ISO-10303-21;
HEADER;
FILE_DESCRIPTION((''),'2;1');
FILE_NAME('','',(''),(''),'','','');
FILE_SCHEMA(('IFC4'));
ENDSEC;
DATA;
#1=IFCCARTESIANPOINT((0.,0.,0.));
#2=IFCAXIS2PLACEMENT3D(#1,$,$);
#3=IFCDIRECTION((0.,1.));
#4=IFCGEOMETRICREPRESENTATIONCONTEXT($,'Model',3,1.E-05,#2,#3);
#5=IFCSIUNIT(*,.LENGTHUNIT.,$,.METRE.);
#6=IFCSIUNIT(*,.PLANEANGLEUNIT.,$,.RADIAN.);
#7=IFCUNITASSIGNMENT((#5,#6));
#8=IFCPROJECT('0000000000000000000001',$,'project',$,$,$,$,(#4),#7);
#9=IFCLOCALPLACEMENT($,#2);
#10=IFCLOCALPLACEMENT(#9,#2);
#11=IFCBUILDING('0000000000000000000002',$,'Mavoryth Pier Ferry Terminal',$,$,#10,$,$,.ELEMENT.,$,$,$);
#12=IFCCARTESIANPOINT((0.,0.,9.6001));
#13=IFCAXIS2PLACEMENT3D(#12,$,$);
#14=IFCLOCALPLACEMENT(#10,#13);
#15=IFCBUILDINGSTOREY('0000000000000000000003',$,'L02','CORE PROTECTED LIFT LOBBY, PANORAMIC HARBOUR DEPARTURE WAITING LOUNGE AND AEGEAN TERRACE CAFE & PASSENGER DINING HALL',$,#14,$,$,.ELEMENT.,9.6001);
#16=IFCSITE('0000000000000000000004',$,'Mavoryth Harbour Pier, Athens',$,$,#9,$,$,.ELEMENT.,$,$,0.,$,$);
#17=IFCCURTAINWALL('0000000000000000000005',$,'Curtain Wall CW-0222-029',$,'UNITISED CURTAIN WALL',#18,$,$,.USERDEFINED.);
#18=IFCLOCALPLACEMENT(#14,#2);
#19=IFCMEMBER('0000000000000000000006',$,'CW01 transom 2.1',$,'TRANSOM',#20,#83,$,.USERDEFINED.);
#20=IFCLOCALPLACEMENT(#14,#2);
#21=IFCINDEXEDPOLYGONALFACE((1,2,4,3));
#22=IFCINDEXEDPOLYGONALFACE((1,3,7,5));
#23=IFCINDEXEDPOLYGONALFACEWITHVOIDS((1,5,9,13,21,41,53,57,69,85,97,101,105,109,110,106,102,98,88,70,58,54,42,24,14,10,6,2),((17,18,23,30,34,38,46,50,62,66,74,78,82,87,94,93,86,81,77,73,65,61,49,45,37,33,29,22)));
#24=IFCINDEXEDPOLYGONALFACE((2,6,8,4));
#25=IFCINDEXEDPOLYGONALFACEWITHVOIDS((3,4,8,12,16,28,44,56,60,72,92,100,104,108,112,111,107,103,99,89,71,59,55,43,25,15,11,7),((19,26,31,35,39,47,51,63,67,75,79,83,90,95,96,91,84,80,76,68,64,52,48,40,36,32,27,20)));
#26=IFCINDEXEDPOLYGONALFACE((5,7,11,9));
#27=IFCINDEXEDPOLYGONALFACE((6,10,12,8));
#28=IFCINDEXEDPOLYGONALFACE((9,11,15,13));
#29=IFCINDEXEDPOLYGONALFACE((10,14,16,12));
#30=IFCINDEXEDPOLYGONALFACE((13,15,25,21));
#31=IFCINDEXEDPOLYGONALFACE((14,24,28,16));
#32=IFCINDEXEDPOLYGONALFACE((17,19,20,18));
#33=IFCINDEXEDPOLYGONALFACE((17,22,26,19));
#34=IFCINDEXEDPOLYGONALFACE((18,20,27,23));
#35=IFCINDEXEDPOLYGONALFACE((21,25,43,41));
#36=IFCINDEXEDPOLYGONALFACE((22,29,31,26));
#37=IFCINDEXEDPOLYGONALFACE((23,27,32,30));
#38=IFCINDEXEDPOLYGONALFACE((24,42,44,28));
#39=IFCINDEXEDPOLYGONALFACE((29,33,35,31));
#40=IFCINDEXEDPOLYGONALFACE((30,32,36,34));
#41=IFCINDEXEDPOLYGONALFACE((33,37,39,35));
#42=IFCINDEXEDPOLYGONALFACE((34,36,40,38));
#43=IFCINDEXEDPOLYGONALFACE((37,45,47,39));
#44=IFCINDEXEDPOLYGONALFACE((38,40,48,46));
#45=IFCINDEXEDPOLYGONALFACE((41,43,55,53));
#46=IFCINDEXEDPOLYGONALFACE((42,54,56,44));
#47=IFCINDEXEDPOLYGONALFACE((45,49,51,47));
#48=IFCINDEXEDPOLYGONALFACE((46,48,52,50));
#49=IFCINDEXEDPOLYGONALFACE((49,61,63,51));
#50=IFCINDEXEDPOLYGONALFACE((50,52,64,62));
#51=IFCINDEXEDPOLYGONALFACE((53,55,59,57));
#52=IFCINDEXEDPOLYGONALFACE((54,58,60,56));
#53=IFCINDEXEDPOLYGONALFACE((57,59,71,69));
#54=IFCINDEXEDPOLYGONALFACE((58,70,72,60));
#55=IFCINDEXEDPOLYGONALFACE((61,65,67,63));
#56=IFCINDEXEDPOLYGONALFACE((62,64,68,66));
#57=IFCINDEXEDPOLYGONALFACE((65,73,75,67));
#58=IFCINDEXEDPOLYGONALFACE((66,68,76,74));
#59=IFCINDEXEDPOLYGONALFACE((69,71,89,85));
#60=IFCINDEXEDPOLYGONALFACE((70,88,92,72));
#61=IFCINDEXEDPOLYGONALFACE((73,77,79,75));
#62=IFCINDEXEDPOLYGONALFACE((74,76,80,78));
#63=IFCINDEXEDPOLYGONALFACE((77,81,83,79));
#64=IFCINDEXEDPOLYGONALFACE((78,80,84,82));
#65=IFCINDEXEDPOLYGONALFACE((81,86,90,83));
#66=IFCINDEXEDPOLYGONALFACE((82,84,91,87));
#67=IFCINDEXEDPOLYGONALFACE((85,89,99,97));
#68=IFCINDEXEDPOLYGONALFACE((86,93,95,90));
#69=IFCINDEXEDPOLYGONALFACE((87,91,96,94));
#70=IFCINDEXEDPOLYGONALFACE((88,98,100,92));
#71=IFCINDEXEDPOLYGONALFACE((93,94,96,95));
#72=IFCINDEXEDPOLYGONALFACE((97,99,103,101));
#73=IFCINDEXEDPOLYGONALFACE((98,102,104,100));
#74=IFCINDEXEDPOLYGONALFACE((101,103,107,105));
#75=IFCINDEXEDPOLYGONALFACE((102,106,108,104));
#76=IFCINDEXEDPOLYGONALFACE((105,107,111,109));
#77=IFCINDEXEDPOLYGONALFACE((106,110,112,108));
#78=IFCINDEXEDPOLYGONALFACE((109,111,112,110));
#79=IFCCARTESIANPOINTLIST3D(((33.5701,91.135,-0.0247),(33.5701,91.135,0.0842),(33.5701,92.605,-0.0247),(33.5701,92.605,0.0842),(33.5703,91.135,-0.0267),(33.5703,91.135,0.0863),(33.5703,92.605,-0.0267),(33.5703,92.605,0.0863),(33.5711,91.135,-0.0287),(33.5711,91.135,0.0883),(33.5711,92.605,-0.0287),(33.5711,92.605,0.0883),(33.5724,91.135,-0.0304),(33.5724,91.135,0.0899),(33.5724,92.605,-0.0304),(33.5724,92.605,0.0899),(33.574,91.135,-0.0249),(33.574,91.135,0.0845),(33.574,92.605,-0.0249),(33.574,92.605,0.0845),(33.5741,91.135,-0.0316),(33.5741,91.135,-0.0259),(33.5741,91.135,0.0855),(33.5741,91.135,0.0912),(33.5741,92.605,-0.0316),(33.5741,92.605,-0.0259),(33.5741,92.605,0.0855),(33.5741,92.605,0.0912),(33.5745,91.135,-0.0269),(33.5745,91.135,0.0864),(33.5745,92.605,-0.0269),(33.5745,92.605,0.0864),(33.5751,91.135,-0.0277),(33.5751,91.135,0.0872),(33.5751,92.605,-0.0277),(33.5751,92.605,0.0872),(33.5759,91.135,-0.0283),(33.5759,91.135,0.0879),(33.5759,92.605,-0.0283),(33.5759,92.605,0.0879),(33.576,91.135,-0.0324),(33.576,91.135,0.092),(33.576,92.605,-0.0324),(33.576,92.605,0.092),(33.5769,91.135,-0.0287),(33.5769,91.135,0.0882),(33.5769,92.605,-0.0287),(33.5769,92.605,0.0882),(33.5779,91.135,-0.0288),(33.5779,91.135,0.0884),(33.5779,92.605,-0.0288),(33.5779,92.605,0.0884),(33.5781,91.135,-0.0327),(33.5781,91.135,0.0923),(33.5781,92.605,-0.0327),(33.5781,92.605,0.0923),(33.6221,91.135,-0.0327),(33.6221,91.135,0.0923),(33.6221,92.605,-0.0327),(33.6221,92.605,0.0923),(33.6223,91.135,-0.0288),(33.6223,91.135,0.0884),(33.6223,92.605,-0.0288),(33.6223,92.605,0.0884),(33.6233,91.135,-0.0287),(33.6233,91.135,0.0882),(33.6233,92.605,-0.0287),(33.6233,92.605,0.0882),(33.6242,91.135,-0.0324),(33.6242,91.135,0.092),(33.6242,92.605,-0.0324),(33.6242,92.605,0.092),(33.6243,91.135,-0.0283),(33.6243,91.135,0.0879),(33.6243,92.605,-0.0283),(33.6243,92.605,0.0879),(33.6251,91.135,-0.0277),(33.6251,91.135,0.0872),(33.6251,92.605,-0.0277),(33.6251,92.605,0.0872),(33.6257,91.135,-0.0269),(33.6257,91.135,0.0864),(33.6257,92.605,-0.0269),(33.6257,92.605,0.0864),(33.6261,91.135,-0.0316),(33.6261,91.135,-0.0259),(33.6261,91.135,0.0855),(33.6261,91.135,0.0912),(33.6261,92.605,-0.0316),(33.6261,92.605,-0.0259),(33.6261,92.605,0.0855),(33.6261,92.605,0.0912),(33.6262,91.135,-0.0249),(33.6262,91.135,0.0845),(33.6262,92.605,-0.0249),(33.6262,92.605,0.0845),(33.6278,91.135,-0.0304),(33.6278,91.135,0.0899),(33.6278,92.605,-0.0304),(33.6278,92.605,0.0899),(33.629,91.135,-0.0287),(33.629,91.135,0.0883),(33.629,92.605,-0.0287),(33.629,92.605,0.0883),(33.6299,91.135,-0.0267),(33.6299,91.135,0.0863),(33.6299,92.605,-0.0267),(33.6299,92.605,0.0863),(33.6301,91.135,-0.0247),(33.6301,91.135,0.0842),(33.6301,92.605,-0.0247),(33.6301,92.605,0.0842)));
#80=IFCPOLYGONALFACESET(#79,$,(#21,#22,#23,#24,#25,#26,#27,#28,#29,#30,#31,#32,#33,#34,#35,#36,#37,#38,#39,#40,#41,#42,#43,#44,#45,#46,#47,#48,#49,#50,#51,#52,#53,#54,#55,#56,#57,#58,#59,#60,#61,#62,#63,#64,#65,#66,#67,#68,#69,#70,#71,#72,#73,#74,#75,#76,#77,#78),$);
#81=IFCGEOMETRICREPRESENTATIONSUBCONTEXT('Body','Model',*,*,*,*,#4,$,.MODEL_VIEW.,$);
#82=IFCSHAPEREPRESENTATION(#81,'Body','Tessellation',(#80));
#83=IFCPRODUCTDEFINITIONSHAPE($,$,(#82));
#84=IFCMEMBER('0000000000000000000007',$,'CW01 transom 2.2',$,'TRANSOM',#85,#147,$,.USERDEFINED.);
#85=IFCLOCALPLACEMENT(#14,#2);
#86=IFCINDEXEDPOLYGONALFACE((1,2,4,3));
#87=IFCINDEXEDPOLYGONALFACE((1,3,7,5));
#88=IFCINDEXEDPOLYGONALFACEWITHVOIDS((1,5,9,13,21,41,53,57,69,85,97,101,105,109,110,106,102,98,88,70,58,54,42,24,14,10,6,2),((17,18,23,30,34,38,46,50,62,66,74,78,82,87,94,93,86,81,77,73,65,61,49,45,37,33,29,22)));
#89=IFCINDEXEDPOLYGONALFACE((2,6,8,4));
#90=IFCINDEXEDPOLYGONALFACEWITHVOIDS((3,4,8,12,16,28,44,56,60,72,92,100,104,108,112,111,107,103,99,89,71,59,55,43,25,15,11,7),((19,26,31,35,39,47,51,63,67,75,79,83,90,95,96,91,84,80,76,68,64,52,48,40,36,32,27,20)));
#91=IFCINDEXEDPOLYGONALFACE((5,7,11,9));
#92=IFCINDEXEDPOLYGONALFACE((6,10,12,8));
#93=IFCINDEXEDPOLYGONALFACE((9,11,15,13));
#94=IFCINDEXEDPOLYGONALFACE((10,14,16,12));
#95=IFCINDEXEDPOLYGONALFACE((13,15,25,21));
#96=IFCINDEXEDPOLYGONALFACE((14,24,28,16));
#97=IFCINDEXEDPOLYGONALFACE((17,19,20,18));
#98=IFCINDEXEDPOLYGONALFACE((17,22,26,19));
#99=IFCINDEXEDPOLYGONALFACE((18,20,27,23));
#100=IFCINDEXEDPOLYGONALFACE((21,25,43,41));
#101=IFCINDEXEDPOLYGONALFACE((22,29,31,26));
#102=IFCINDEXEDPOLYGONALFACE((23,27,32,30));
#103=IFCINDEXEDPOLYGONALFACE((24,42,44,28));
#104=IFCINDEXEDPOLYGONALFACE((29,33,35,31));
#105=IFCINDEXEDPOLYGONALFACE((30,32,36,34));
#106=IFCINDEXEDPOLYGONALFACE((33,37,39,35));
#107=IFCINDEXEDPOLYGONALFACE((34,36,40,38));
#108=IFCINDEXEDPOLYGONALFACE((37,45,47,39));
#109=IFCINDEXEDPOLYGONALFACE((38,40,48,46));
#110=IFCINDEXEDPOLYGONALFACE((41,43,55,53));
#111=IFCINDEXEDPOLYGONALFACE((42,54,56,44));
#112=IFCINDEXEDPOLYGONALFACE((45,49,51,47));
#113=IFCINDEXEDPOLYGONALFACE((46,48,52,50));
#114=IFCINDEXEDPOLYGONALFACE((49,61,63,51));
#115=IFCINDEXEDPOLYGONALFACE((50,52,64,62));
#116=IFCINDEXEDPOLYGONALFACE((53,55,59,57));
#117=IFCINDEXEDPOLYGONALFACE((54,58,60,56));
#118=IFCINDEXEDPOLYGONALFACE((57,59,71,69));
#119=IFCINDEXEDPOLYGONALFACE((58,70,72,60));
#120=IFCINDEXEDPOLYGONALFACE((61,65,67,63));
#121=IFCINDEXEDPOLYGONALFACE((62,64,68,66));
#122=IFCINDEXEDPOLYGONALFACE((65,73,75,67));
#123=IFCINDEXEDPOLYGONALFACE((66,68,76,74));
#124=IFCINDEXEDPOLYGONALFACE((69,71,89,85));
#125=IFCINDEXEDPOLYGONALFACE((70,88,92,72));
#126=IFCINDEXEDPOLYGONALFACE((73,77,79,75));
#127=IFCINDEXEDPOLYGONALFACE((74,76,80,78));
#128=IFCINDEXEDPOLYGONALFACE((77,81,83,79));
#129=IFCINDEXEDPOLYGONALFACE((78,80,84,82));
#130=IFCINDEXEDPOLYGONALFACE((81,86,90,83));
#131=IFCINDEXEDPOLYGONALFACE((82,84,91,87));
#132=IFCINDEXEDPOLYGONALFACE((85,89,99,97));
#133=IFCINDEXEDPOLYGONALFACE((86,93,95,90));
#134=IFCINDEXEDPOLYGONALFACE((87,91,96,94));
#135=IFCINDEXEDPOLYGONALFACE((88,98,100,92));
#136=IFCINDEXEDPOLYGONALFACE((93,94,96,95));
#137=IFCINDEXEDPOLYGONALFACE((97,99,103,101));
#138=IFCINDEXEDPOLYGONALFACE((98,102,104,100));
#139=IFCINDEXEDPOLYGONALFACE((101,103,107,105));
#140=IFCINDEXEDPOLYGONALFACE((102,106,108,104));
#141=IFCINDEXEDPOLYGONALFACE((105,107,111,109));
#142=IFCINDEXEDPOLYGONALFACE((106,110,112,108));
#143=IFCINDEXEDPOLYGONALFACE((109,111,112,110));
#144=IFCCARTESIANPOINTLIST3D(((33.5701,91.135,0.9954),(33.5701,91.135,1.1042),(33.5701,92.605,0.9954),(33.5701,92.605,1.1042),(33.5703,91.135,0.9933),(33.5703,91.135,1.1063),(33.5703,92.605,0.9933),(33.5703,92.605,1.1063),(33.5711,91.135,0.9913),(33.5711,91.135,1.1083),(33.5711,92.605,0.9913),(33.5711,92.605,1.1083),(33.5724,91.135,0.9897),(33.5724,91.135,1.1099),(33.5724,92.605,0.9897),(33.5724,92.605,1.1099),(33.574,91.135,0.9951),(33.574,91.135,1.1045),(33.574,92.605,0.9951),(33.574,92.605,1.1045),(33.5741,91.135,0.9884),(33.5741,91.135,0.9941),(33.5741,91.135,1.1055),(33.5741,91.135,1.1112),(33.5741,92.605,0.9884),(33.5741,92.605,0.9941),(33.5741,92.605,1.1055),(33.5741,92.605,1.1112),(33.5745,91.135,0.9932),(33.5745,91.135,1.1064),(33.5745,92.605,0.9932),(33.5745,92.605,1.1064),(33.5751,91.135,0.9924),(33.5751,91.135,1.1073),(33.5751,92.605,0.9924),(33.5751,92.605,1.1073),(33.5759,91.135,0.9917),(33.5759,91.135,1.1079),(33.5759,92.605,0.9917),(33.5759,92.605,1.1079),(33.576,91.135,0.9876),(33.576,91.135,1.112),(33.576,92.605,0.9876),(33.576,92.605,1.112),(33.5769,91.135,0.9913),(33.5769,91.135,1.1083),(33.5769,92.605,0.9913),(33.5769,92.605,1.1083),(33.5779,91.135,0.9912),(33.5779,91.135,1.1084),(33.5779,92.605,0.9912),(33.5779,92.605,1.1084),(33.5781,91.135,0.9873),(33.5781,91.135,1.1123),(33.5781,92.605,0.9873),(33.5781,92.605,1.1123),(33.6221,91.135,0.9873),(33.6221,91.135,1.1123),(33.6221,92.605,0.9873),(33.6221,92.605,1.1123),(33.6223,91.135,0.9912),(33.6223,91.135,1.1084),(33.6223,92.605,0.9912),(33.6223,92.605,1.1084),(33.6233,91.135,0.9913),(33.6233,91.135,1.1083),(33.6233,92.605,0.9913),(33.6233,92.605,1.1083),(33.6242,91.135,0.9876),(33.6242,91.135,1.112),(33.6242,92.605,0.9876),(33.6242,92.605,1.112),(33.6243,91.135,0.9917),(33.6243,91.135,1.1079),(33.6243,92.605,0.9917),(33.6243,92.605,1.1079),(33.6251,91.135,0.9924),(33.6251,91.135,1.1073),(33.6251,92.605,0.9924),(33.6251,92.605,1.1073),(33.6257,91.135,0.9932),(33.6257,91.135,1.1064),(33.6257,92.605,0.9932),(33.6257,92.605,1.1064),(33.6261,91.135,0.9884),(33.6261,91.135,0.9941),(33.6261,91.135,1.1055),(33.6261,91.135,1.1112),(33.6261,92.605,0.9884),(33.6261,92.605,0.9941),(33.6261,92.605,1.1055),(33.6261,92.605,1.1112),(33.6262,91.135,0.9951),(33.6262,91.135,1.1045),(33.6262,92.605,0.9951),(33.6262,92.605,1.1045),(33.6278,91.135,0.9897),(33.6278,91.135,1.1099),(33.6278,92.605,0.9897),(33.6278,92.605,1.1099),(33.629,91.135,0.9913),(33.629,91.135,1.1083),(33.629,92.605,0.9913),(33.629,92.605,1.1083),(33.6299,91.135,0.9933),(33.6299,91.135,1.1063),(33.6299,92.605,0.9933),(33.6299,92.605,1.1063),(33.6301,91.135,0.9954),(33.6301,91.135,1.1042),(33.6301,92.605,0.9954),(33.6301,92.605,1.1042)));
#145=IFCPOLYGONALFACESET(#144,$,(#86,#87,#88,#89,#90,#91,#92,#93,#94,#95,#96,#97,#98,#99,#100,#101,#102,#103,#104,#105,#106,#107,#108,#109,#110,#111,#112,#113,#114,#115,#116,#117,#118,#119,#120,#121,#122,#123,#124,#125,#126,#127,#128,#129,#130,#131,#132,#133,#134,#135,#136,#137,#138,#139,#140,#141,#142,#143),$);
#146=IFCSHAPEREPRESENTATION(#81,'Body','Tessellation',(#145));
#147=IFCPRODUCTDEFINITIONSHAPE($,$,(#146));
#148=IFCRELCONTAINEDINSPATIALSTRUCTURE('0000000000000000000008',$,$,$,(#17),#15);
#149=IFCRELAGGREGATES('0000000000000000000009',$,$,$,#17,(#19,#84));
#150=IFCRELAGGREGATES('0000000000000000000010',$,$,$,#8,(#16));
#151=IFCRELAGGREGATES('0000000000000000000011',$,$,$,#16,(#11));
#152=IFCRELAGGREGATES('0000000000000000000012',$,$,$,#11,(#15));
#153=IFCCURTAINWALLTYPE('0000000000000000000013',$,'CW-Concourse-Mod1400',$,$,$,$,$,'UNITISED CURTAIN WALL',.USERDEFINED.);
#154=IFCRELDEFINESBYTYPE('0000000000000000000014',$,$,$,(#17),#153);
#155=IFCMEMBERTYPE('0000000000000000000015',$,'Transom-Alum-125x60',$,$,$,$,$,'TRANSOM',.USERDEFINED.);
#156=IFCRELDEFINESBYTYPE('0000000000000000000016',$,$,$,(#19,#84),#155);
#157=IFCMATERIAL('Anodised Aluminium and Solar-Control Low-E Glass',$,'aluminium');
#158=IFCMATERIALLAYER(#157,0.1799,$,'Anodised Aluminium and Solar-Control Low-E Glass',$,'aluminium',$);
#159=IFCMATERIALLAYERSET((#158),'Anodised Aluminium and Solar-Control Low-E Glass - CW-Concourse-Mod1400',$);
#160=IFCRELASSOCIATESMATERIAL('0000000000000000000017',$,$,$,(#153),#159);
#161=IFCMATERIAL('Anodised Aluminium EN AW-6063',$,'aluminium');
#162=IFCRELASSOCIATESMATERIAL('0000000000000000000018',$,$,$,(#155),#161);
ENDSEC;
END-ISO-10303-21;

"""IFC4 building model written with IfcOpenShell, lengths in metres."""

from ifc_helpers import new_model, si_unit, direction, frame, origin, origin_2d, place, context, subcontext, project, spatial, hollow_rectangle, extrude, material, layer, layer_set, material_profile, profile_set, type_object, element, aggregate, save


model = new_model("IFC4")

# Units and contexts
model_context = context("Model", 3, precision=1e-05, world=origin(), true_north=direction((0.0, 1.0)))
body_context = subcontext(model_context, "Body", "Model", "MODEL_VIEW")
ifc_project = project(units=[si_unit("LENGTHUNIT", "METRE"), si_unit("PLANEANGLEUNIT", "RADIAN")], contexts=[model_context])

# Site, building, storey
site_placement = place(None, origin())
site = spatial("IfcSite", under=ifc_project, at=site_placement, Name="Mavoryth Harbour Pier, Athens", CompositionType="ELEMENT", RefElevation=0.0)
building_placement = place(site_placement, origin())
building = spatial("IfcBuilding", under=site, at=building_placement, Name="Mavoryth Pier Ferry Terminal", CompositionType="ELEMENT")
storey_placement = place(building_placement, frame((0.0, 0.0, 9.6001)))
storey = spatial("IfcBuildingStorey", under=building, at=storey_placement, Name="L02", Description="CORE PROTECTED LIFT LOBBY, PANORAMIC HARBOUR DEPARTURE WAITING LOUNGE AND AEGEAN TERRACE CAFE & PASSENGER DINING HALL", CompositionType="ELEMENT", Elevation=9.6001)

# Curtain wall
ifc_material_1 = material(Name="Anodised Aluminium and Solar-Control Low-E Glass", Category="aluminium")
ifc_layer_1 = layer(ifc_material_1, 0.1799, Name="Anodised Aluminium and Solar-Control Low-E Glass", Category="aluminium")
ifc_layer_set_1 = layer_set([ifc_layer_1], Name="Anodised Aluminium and Solar-Control Low-E Glass - CW-Concourse-Mod1400")
curtain_wall_type = type_object("IfcCurtainWallType", Name="CW-Concourse-Mod1400", ElementType="UNITISED CURTAIN WALL", PredefinedType="USERDEFINED", material=ifc_layer_set_1)
ifc_material_2 = material(Name="Anodised Aluminium EN AW-6063", Category="aluminium")
curtain_wall_1_placement = place(storey_placement, origin())
curtain_wall_1 = element("IfcCurtainWall", 1, at=curtain_wall_1_placement, inside=storey, type_object=curtain_wall_type, Name="Curtain Wall CW-0222-029", ObjectType="UNITISED CURTAIN WALL", PredefinedType="USERDEFINED")

# Members
ifc_material_profile_1 = material_profile(ifc_material_2, hollow_rectangle(XDim=0.0601, YDim=0.125, WallThickness=0.0039, InnerFilletRadius=0.0039, OuterFilletRadius=0.0081, at=origin_2d()), Name="AL-TRAN 125x60x4", Category="aluminium")
ifc_profile_set_1 = profile_set([ifc_material_profile_1], Name="Anodised Aluminium EN AW-6063 - AL-TRAN 125x60x4")
member_type_1 = type_object("IfcMemberType", Name="Transom-Alum-125x60", ElementType="TRANSOM", PredefinedType="USERDEFINED", material=ifc_profile_set_1)
member_1_placement = place(storey_placement, frame((33.6001, 91.135, 0.0298), z_axis=(0.0, 1.0, 0.0), x_axis=(-1.0, 0.0, 0.0)))
member_1 = element("IfcMember", 2, at=member_1_placement, type_object=member_type_1, Name="CW01 transom 2.1", ObjectType="TRANSOM", PredefinedType="USERDEFINED", context=body_context, shape_type="SweptSolid", body=[
    extrude(hollow_rectangle(XDim=0.0601, YDim=0.125, WallThickness=0.0039, InnerFilletRadius=0.0039, OuterFilletRadius=0.0081, at=origin_2d()), origin(), (0.0, 0.0, 1.0), 1.47),
])
member_2_placement = place(storey_placement, frame((33.6001, 91.135, 1.0498), z_axis=(0.0, 1.0, 0.0), x_axis=(-1.0, 0.0, 0.0)))
member_2 = element("IfcMember", 3, at=member_2_placement, type_object=member_type_1, Name="CW01 transom 2.2", ObjectType="TRANSOM", PredefinedType="USERDEFINED", context=body_context, shape_type="SweptSolid", body=[
    extrude(hollow_rectangle(XDim=0.0601, YDim=0.125, WallThickness=0.0039, InnerFilletRadius=0.0039, OuterFilletRadius=0.0081, at=origin_2d()), origin(), (0.0, 0.0, 1.0), 1.47),
])

aggregate(curtain_wall_1, [member_1, member_2])

save(model, "model.ifc")
